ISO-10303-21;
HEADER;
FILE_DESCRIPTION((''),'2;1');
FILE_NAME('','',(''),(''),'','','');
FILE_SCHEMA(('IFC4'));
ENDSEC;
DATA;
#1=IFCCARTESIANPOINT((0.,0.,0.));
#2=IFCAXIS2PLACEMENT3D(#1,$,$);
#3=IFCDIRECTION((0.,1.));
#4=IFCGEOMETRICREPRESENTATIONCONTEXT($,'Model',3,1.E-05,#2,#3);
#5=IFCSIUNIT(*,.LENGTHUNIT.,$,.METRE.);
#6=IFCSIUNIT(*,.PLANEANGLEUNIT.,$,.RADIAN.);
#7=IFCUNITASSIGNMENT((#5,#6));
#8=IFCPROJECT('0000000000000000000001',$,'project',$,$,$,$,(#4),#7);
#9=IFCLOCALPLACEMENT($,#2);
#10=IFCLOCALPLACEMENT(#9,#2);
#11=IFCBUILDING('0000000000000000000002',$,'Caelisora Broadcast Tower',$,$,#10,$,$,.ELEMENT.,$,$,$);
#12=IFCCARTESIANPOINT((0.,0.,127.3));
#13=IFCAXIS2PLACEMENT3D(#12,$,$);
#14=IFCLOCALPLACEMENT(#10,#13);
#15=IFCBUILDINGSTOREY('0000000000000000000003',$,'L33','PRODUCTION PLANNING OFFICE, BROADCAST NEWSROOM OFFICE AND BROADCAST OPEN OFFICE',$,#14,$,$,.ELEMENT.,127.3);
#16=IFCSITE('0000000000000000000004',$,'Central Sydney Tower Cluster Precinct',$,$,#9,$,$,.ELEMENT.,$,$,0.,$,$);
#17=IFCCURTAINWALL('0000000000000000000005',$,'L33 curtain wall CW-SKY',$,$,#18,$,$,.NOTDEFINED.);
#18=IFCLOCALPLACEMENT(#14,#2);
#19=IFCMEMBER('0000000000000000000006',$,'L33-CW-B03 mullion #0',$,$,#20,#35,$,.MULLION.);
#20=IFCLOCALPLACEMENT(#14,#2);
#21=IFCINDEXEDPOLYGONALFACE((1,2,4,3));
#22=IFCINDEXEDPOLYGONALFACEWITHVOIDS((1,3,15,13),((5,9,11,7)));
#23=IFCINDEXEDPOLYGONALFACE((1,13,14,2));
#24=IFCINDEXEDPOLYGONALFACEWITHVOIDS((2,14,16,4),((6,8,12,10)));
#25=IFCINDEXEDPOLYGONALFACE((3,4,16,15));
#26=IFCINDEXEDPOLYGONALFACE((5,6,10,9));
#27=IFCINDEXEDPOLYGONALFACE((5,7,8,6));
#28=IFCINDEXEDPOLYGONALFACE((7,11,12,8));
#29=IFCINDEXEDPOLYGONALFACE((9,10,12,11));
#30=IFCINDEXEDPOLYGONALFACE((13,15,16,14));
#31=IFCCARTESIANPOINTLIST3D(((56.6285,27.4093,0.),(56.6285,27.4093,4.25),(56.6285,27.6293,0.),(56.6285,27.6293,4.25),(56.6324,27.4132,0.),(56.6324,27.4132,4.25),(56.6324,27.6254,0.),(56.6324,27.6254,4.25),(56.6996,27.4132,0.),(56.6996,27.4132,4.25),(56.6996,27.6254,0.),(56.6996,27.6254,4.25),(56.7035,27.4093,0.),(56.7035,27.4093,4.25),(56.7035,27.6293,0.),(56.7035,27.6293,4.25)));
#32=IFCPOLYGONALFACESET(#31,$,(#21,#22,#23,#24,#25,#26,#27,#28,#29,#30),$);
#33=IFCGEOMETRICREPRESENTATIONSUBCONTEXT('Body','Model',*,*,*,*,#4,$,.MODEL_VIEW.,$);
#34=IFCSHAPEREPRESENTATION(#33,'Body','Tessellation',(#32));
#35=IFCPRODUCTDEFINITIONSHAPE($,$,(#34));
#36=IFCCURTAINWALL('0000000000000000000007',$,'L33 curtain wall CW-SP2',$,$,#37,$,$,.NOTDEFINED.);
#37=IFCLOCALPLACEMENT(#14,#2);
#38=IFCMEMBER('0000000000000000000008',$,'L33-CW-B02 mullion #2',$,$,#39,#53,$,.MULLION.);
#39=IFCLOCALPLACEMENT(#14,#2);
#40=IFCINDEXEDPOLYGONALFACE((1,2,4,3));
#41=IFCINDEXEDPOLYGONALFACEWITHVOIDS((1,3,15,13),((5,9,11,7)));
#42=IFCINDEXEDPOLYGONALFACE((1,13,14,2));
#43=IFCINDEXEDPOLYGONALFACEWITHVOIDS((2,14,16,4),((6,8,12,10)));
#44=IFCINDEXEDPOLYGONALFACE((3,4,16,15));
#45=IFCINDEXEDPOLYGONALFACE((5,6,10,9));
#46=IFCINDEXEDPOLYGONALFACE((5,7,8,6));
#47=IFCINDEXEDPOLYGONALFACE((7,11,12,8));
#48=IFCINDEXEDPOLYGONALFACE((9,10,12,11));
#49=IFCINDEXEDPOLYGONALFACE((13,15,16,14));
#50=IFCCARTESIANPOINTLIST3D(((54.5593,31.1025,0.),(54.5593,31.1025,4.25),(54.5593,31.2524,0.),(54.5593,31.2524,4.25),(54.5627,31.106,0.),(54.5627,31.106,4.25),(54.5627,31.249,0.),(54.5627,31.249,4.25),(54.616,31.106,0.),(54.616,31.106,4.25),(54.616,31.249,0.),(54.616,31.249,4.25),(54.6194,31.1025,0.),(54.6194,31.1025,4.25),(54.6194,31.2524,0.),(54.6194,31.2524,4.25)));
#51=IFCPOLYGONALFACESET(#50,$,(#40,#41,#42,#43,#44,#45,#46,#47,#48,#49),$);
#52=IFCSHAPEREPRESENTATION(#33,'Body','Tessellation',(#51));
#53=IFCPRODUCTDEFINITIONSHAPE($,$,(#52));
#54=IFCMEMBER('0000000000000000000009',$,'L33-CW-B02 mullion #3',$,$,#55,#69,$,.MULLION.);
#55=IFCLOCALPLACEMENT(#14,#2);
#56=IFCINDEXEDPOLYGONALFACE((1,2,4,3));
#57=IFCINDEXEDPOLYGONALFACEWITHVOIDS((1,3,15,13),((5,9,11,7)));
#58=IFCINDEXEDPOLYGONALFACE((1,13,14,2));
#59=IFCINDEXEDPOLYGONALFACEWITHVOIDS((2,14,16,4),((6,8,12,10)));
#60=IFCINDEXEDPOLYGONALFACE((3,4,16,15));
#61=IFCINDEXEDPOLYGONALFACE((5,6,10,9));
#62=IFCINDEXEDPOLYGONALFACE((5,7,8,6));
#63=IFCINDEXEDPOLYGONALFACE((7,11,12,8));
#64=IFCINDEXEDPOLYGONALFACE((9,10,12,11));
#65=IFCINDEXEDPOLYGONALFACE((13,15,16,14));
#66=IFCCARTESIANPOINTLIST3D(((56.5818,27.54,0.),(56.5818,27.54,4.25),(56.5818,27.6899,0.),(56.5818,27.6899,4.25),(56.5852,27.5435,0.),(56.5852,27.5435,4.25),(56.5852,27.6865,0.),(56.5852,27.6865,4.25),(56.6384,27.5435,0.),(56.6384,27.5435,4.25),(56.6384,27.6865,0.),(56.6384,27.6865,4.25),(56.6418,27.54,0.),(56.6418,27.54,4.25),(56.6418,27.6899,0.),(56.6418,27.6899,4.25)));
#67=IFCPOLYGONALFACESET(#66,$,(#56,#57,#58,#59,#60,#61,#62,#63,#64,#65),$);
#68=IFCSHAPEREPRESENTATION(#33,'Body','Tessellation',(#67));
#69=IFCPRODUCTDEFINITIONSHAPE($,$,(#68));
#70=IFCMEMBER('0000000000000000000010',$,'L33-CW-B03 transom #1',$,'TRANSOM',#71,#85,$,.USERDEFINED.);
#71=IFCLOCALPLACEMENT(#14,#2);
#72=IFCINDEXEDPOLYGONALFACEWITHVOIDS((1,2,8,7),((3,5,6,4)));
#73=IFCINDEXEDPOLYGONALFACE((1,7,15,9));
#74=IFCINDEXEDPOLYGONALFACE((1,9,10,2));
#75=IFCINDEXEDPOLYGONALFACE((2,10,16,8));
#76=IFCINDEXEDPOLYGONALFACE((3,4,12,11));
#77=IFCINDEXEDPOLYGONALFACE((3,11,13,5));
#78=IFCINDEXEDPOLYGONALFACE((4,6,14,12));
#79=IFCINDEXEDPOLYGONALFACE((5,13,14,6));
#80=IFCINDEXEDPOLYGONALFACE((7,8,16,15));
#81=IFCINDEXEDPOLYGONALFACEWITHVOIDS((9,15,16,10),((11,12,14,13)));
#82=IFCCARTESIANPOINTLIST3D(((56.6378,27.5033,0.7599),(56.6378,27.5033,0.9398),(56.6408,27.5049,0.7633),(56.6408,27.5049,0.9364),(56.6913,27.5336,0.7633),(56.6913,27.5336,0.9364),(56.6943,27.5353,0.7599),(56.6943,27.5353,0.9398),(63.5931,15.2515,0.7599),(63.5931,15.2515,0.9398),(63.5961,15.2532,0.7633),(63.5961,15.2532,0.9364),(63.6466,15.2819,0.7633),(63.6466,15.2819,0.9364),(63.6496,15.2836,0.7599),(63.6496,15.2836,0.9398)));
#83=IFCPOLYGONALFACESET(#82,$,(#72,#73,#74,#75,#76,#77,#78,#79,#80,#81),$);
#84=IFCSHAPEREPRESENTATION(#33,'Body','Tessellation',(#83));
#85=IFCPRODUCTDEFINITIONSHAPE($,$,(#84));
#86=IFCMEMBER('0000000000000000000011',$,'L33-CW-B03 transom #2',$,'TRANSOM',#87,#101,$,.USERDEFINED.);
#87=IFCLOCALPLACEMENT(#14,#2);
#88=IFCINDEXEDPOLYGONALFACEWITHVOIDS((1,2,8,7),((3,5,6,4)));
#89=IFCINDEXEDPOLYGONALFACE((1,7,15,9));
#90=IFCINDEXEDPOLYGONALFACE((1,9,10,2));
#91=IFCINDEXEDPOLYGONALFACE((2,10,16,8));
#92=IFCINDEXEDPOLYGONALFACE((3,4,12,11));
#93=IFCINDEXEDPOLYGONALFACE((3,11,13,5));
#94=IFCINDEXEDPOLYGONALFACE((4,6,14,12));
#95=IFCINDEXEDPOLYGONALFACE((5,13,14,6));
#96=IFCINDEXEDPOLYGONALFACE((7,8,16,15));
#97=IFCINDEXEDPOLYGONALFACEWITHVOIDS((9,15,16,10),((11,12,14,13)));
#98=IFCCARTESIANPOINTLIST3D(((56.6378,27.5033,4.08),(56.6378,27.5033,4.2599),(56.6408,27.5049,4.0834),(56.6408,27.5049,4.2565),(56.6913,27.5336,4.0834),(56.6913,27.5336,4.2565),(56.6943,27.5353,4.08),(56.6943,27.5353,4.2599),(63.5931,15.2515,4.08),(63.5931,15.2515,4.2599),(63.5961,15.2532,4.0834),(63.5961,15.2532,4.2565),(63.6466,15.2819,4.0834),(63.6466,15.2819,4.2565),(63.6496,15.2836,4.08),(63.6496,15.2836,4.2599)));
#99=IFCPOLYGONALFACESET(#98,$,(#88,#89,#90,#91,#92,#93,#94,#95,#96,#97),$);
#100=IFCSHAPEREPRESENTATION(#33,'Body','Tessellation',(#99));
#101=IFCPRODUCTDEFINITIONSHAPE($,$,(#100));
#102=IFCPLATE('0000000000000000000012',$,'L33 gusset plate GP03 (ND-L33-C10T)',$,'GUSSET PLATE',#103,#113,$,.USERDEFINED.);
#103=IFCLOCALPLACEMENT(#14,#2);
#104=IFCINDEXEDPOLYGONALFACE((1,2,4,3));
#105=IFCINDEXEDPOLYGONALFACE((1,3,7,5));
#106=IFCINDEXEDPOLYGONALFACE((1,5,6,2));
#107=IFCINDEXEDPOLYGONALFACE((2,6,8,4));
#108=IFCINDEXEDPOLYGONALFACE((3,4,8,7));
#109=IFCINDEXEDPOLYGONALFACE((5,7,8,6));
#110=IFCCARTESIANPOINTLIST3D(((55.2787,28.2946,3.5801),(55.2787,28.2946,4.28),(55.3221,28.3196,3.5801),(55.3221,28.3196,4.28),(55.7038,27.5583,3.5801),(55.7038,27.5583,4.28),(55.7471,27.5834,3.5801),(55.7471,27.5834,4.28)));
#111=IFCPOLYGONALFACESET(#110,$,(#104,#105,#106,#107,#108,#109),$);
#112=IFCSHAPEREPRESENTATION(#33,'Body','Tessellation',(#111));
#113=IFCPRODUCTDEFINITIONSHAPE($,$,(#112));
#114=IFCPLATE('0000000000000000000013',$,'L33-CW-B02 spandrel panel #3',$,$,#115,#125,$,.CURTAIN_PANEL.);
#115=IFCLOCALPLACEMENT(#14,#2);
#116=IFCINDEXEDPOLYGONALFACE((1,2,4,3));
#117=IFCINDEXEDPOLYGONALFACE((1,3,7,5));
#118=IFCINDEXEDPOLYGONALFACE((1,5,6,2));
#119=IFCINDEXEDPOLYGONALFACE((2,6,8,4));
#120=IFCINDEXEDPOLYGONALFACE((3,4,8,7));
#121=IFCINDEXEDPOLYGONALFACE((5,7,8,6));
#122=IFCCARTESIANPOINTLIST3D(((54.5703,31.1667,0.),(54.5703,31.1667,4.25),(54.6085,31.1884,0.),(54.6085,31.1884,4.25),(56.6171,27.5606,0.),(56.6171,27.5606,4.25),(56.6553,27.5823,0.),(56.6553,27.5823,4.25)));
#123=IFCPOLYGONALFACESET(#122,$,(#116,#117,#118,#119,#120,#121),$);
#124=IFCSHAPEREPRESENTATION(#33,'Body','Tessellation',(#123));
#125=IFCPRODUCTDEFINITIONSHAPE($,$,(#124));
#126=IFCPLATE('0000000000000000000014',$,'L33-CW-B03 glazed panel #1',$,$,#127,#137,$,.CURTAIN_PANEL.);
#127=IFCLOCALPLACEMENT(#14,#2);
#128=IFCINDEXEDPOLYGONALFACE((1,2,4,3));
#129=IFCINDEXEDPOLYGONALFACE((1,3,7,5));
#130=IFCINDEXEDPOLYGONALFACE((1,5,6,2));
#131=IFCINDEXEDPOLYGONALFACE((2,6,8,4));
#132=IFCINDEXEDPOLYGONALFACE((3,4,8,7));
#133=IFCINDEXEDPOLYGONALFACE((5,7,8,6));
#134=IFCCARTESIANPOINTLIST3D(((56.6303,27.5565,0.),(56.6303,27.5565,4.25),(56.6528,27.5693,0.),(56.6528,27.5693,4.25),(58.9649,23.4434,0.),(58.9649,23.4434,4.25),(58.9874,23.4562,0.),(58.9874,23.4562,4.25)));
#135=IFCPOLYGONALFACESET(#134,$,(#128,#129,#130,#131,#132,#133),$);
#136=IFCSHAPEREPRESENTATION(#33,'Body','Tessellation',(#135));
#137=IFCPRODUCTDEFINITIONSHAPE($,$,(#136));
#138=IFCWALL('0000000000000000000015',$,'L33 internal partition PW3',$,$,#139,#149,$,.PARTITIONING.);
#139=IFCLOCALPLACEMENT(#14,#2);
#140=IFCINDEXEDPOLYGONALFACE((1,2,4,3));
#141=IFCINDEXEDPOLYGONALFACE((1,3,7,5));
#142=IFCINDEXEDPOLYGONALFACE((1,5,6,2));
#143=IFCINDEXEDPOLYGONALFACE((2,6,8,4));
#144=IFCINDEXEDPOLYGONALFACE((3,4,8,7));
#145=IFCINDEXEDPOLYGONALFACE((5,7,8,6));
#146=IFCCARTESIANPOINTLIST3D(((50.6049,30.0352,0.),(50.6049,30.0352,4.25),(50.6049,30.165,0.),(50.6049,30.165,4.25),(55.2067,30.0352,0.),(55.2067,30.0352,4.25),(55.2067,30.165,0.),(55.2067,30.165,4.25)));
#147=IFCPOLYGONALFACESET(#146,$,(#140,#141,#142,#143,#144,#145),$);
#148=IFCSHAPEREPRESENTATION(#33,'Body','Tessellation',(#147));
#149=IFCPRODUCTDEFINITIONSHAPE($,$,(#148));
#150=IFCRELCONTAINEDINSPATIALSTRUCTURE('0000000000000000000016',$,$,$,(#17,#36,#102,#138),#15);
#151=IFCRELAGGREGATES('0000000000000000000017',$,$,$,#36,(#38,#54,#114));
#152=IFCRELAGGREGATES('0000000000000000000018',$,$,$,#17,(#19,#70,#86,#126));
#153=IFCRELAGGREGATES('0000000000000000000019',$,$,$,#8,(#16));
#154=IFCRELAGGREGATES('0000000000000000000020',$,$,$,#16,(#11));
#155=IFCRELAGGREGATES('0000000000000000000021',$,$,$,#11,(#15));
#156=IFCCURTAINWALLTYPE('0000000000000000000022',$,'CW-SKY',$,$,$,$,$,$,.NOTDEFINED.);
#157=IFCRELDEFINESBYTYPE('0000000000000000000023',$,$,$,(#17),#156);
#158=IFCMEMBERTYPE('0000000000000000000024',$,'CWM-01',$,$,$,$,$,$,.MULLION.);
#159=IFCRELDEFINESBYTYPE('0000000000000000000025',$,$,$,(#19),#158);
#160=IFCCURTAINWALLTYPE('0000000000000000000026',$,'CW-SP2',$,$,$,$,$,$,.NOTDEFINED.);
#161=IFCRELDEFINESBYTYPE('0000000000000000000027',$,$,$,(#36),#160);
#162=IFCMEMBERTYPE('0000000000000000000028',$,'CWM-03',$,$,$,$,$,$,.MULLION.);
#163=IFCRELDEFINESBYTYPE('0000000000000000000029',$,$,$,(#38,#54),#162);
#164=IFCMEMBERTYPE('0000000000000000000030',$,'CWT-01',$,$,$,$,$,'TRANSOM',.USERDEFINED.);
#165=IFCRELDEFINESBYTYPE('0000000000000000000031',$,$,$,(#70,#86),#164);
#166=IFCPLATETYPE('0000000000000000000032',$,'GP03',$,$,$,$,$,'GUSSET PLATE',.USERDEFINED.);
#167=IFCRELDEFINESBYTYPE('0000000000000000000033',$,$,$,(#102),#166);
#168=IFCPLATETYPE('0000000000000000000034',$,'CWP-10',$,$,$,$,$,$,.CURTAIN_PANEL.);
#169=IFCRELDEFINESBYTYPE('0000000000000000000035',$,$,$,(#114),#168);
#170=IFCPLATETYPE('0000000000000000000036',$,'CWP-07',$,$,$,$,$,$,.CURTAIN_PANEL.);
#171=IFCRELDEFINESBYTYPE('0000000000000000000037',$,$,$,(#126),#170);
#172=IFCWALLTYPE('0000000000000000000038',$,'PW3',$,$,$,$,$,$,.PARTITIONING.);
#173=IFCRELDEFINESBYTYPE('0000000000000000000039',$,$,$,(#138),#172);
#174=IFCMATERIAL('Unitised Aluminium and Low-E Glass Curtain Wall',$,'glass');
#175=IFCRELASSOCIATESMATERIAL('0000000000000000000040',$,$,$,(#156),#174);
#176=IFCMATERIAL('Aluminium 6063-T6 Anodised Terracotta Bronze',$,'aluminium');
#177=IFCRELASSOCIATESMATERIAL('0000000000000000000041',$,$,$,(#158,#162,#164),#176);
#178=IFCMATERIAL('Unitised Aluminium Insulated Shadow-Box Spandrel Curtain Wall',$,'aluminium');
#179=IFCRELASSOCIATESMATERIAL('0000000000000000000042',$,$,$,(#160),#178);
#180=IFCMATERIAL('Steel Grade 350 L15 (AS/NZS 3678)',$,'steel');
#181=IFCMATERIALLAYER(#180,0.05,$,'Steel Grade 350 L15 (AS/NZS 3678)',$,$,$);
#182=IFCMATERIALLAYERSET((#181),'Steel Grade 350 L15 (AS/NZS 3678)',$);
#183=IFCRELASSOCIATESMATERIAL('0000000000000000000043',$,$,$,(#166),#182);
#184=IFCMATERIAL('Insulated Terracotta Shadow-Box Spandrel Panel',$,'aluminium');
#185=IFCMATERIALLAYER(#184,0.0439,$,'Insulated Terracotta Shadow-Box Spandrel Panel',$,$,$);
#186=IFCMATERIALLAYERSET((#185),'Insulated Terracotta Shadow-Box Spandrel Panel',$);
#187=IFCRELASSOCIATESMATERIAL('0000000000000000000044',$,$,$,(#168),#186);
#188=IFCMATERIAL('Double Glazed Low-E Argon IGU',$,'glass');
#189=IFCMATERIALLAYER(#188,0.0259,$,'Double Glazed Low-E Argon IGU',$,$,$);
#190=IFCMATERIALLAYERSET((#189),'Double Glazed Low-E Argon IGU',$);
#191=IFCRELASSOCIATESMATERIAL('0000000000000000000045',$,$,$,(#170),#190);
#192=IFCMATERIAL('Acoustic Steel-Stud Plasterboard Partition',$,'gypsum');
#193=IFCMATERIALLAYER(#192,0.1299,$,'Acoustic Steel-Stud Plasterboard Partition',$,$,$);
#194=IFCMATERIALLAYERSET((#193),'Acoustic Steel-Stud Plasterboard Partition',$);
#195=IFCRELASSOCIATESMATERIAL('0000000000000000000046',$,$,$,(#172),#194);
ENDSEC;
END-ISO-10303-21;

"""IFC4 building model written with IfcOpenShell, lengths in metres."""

from ifc_helpers import new_model, si_unit, direction, frame, frame_2d, origin, origin_2d, place, context, subcontext, project, spatial, rectangle, hollow_rectangle, extrude, source, transform, mapped, material, layer, layer_set, material_profile, profile_set, type_object, type_shapes, element, aggregate, save


model = new_model("IFC4")

# Units and contexts
model_context = context("Model", 3, precision=1e-05, world=origin(), true_north=direction((0.0, 1.0)))
body_context = subcontext(model_context, "Body", "Model", "MODEL_VIEW")
ifc_project = project(units=[si_unit("LENGTHUNIT", "METRE"), si_unit("PLANEANGLEUNIT", "RADIAN")], contexts=[model_context])

# Site, building, storey
site_placement = place(None, origin())
site = spatial("IfcSite", under=ifc_project, at=site_placement, Name="Central Sydney Tower Cluster Precinct", CompositionType="ELEMENT", RefElevation=0.0)
building_placement = place(site_placement, origin())
building = spatial("IfcBuilding", under=site, at=building_placement, Name="Caelisora Broadcast Tower", CompositionType="ELEMENT")
storey_placement = place(building_placement, frame((0.0, 0.0, 127.3)))
storey = spatial("IfcBuildingStorey", under=building, at=storey_placement, Name="L33", Description="PRODUCTION PLANNING OFFICE, BROADCAST NEWSROOM OFFICE AND BROADCAST OPEN OFFICE", CompositionType="ELEMENT", Elevation=127.3)

# Shared definitions
ifc_material_1 = material(Name="Steel Grade 350 L15 (AS/NZS 3678)", Category="steel")

# Curtain wall, member
ifc_material_2 = material(Name="Unitised Aluminium and Low-E Glass Curtain Wall", Category="glass")
curtain_wall_type_1 = type_object("IfcCurtainWallType", Name="CW-SKY", PredefinedType="NOTDEFINED", material=ifc_material_2)
curtain_wall_1_placement = place(storey_placement, origin())
curtain_wall_1 = element("IfcCurtainWall", 1, at=curtain_wall_1_placement, inside=storey, type_object=curtain_wall_type_1, Name="L33 curtain wall CW-SKY", PredefinedType="NOTDEFINED")
ifc_material_3 = material(Name="Aluminium 6063-T6 Anodised Terracotta Bronze", Category="aluminium")
ifc_material_profile_1 = material_profile(ifc_material_3, hollow_rectangle(XDim=0.075, YDim=0.22, WallThickness=0.0039, at=origin_2d()), Name="Aluminium 6063-T6 Anodised Terracotta Bronze")
ifc_profile_set_1 = profile_set([ifc_material_profile_1], Name="Aluminium 6063-T6 Anodised Terracotta Bronze")
member_type_1 = type_object("IfcMemberType", Name="CWM-01", PredefinedType="MULLION", material=ifc_profile_set_1)
shared_shape_1 = source(origin(), body_context, "Body", "SweptSolid", [
    extrude(hollow_rectangle(XDim=0.075, YDim=0.22, WallThickness=0.0039, at=origin_2d()), origin(), (0.0, 0.0, 1.0), 4.25),
])
type_shapes(member_type_1, [shared_shape_1])
member_1_placement = place(storey_placement, frame((56.666, 27.5193, 0.0), z_axis=(0.0, 0.0, 1.0), x_axis=(1.0, 0.0, 0.0)))
member_1 = element("IfcMember", 2, at=member_1_placement, type_object=member_type_1, Name="L33-CW-B03 mullion #0", PredefinedType="MULLION", context=body_context, shape_type="MappedRepresentation", body=[
    mapped(shared_shape_1, transform((0.0, 0.0, 0.0), scale=1.0)),
])

# Curtain wall, members
ifc_material_4 = material(Name="Unitised Aluminium Insulated Shadow-Box Spandrel Curtain Wall", Category="aluminium")
curtain_wall_type_2 = type_object("IfcCurtainWallType", Name="CW-SP2", PredefinedType="NOTDEFINED", material=ifc_material_4)
curtain_wall_2_placement = place(storey_placement, origin())
curtain_wall_2 = element("IfcCurtainWall", 3, at=curtain_wall_2_placement, inside=storey, type_object=curtain_wall_type_2, Name="L33 curtain wall CW-SP2", PredefinedType="NOTDEFINED")
ifc_material_profile_2 = material_profile(ifc_material_3, hollow_rectangle(XDim=0.0601, YDim=0.1499, WallThickness=0.0034, at=origin_2d()), Name="Aluminium 6063-T6 Anodised Terracotta Bronze")
ifc_profile_set_2 = profile_set([ifc_material_profile_2], Name="Aluminium 6063-T6 Anodised Terracotta Bronze")
member_type_2 = type_object("IfcMemberType", Name="CWM-03", PredefinedType="MULLION", material=ifc_profile_set_2)
shared_shape_2 = source(origin(), body_context, "Body", "SweptSolid", [
    extrude(hollow_rectangle(XDim=0.0601, YDim=0.1499, WallThickness=0.0034, at=origin_2d()), origin(), (0.0, 0.0, 1.0), 4.25),
])
type_shapes(member_type_2, [shared_shape_2])
member_2_placement = place(storey_placement, frame((54.5894, 31.1775, 0.0), z_axis=(0.0, 0.0, 1.0), x_axis=(1.0, 0.0, 0.0)))
member_2 = element("IfcMember", 4, at=member_2_placement, type_object=member_type_2, Name="L33-CW-B02 mullion #2", PredefinedType="MULLION", context=body_context, shape_type="MappedRepresentation", body=[
    mapped(shared_shape_2, transform((0.0, 0.0, 0.0), scale=1.0)),
])
member_3_placement = place(storey_placement, frame((56.6118, 27.615, 0.0), z_axis=(0.0, 0.0, 1.0), x_axis=(1.0, 0.0, 0.0)))
member_3 = element("IfcMember", 5, at=member_3_placement, type_object=member_type_2, Name="L33-CW-B02 mullion #3", PredefinedType="MULLION", context=body_context, shape_type="MappedRepresentation", body=[
    mapped(shared_shape_2, transform((0.0, 0.0, 0.0), scale=1.0)),
])

# Members
ifc_material_profile_3 = material_profile(ifc_material_3, hollow_rectangle(XDim=0.0649, YDim=0.1799, WallThickness=0.0034, at=origin_2d()), Name="Aluminium 6063-T6 Anodised Terracotta Bronze")
ifc_profile_set_3 = profile_set([ifc_material_profile_3], Name="Aluminium 6063-T6 Anodised Terracotta Bronze")
member_type_3 = type_object("IfcMemberType", Name="CWT-01", ElementType="TRANSOM", PredefinedType="USERDEFINED", material=ifc_profile_set_3)
shared_shape_3 = source(origin(), body_context, "Body", "SweptSolid", [
    extrude(hollow_rectangle(XDim=0.0649, YDim=0.1799, WallThickness=0.0034, at=origin_2d()), origin(), (0.0, 0.0, 1.0), 14.0884),
])
type_shapes(member_type_3, [shared_shape_3])
member_4_placement = place(storey_placement, frame((56.666, 27.5193, 0.8499), z_axis=(0.493694, -0.869636, 0.0), x_axis=(0.869636, 0.493694, 0.0)))
member_4 = element("IfcMember", 6, at=member_4_placement, type_object=member_type_3, Name="L33-CW-B03 transom #1", ObjectType="TRANSOM", PredefinedType="USERDEFINED", context=body_context, shape_type="MappedRepresentation", body=[
    mapped(shared_shape_3, transform((0.0, 0.0, 0.0), scale=1.0)),
])
member_5_placement = place(storey_placement, frame((56.666, 27.5193, 4.1699), z_axis=(0.493694, -0.869636, 0.0), x_axis=(0.869636, 0.493694, 0.0)))
member_5 = element("IfcMember", 7, at=member_5_placement, type_object=member_type_3, Name="L33-CW-B03 transom #2", ObjectType="TRANSOM", PredefinedType="USERDEFINED", context=body_context, shape_type="MappedRepresentation", body=[
    mapped(shared_shape_3, transform((0.0, 0.0, 0.0), scale=1.0)),
])

# Plates
ifc_layer_1 = layer(ifc_material_1, 0.05, Name="Steel Grade 350 L15 (AS/NZS 3678)")
ifc_layer_set_1 = layer_set([ifc_layer_1], Name="Steel Grade 350 L15 (AS/NZS 3678)")
plate_type_1 = type_object("IfcPlateType", Name="GP03", ElementType="GUSSET PLATE", PredefinedType="USERDEFINED", material=ifc_layer_set_1)
shared_shape_4 = source(origin(), body_context, "Body", "SweptSolid", [
    extrude(rectangle(XDim=0.8501, YDim=0.05, at=origin_2d()), origin(), (0.0, 0.0, 1.0), 0.7),
])
type_shapes(plate_type_1, [shared_shape_4])
plate_1_placement = place(storey_placement, frame((55.5129, 27.939, 3.5801), z_axis=(0.0, 0.0, 1.0), x_axis=(-0.5, 0.866025, 0.0)))
element("IfcPlate", 8, at=plate_1_placement, inside=storey, type_object=plate_type_1, Name="L33 gusset plate GP03 (ND-L33-C10T)", ObjectType="GUSSET PLATE", PredefinedType="USERDEFINED", context=body_context, shape_type="MappedRepresentation", body=[
    mapped(shared_shape_4, transform((0.0, 0.0, 0.0), scale=1.0)),
])
ifc_material_5 = material(Name="Insulated Terracotta Shadow-Box Spandrel Panel", Category="aluminium")
ifc_layer_2 = layer(ifc_material_5, 0.0439, Name="Insulated Terracotta Shadow-Box Spandrel Panel")
ifc_layer_set_2 = layer_set([ifc_layer_2], Name="Insulated Terracotta Shadow-Box Spandrel Panel")
plate_type_2 = type_object("IfcPlateType", Name="CWP-10", PredefinedType="CURTAIN_PANEL", material=ifc_layer_set_2)
shared_shape_5 = source(origin(), body_context, "Body", "SweptSolid", [
    extrude(rectangle(XDim=4.1465, YDim=0.0439, at=origin_2d()), origin(), (0.0, 0.0, 1.0), 4.25),
])
type_shapes(plate_type_2, [shared_shape_5])
plate_2_placement = place(storey_placement, frame((55.6128, 29.3745, 0.0), z_axis=(0.0, 0.0, 1.0), x_axis=(0.493638, -0.869667, 0.0)))
plate_2 = element("IfcPlate", 9, at=plate_2_placement, type_object=plate_type_2, Name="L33-CW-B02 spandrel panel #3", PredefinedType="CURTAIN_PANEL", context=body_context, shape_type="MappedRepresentation", body=[
    mapped(shared_shape_5, transform((0.0, 0.0, 0.0), scale=1.0)),
])
aggregate(curtain_wall_2, [member_2, member_3, plate_2])
ifc_material_6 = material(Name="Double Glazed Low-E Argon IGU", Category="glass")
ifc_layer_3 = layer(ifc_material_6, 0.0259, Name="Double Glazed Low-E Argon IGU")
ifc_layer_set_3 = layer_set([ifc_layer_3], Name="Double Glazed Low-E Argon IGU")
plate_type_3 = type_object("IfcPlateType", Name="CWP-07", PredefinedType="CURTAIN_PANEL", material=ifc_layer_set_3)
shared_shape_6 = source(origin(), body_context, "Body", "SweptSolid", [
    extrude(rectangle(XDim=4.7295, YDim=0.0259, at=origin_2d()), origin(), (0.0, 0.0, 1.0), 4.25),
])
type_shapes(plate_type_3, [shared_shape_6])
plate_3_placement = place(storey_placement, frame((57.8088, 25.5063, 0.0), z_axis=(0.0, 0.0, 1.0), x_axis=(0.493638, -0.869667, 0.0)))
plate_3 = element("IfcPlate", 10, at=plate_3_placement, type_object=plate_type_3, Name="L33-CW-B03 glazed panel #1", PredefinedType="CURTAIN_PANEL", context=body_context, shape_type="MappedRepresentation", body=[
    mapped(shared_shape_6, transform((0.0, 0.0, 0.0), scale=1.0)),
])
aggregate(curtain_wall_1, [member_1, member_4, member_5, plate_3])

# Wall
ifc_material_7 = material(Name="Acoustic Steel-Stud Plasterboard Partition", Category="gypsum")
ifc_layer_4 = layer(ifc_material_7, 0.1299, Name="Acoustic Steel-Stud Plasterboard Partition")
ifc_layer_set_4 = layer_set([ifc_layer_4], Name="Acoustic Steel-Stud Plasterboard Partition")
wall_type = type_object("IfcWallType", Name="PW3", PredefinedType="PARTITIONING", material=ifc_layer_set_4)
wall_1_placement = place(storey_placement, frame((50.605, 30.1001, 0.0), z_axis=(0.0, 0.0, 1.0), x_axis=(1.0, 0.0, 0.0)))
element("IfcWall", 11, at=wall_1_placement, inside=storey, type_object=wall_type, Name="L33 internal partition PW3", PredefinedType="PARTITIONING", context=body_context, shape_type="SweptSolid", body=[
    extrude(rectangle(XDim=4.6018, YDim=0.1299, at=frame_2d((2.3008, 0.0))), origin(), (0.0, 0.0, 1.0), 4.25),
])

save(model, "model.ifc")
